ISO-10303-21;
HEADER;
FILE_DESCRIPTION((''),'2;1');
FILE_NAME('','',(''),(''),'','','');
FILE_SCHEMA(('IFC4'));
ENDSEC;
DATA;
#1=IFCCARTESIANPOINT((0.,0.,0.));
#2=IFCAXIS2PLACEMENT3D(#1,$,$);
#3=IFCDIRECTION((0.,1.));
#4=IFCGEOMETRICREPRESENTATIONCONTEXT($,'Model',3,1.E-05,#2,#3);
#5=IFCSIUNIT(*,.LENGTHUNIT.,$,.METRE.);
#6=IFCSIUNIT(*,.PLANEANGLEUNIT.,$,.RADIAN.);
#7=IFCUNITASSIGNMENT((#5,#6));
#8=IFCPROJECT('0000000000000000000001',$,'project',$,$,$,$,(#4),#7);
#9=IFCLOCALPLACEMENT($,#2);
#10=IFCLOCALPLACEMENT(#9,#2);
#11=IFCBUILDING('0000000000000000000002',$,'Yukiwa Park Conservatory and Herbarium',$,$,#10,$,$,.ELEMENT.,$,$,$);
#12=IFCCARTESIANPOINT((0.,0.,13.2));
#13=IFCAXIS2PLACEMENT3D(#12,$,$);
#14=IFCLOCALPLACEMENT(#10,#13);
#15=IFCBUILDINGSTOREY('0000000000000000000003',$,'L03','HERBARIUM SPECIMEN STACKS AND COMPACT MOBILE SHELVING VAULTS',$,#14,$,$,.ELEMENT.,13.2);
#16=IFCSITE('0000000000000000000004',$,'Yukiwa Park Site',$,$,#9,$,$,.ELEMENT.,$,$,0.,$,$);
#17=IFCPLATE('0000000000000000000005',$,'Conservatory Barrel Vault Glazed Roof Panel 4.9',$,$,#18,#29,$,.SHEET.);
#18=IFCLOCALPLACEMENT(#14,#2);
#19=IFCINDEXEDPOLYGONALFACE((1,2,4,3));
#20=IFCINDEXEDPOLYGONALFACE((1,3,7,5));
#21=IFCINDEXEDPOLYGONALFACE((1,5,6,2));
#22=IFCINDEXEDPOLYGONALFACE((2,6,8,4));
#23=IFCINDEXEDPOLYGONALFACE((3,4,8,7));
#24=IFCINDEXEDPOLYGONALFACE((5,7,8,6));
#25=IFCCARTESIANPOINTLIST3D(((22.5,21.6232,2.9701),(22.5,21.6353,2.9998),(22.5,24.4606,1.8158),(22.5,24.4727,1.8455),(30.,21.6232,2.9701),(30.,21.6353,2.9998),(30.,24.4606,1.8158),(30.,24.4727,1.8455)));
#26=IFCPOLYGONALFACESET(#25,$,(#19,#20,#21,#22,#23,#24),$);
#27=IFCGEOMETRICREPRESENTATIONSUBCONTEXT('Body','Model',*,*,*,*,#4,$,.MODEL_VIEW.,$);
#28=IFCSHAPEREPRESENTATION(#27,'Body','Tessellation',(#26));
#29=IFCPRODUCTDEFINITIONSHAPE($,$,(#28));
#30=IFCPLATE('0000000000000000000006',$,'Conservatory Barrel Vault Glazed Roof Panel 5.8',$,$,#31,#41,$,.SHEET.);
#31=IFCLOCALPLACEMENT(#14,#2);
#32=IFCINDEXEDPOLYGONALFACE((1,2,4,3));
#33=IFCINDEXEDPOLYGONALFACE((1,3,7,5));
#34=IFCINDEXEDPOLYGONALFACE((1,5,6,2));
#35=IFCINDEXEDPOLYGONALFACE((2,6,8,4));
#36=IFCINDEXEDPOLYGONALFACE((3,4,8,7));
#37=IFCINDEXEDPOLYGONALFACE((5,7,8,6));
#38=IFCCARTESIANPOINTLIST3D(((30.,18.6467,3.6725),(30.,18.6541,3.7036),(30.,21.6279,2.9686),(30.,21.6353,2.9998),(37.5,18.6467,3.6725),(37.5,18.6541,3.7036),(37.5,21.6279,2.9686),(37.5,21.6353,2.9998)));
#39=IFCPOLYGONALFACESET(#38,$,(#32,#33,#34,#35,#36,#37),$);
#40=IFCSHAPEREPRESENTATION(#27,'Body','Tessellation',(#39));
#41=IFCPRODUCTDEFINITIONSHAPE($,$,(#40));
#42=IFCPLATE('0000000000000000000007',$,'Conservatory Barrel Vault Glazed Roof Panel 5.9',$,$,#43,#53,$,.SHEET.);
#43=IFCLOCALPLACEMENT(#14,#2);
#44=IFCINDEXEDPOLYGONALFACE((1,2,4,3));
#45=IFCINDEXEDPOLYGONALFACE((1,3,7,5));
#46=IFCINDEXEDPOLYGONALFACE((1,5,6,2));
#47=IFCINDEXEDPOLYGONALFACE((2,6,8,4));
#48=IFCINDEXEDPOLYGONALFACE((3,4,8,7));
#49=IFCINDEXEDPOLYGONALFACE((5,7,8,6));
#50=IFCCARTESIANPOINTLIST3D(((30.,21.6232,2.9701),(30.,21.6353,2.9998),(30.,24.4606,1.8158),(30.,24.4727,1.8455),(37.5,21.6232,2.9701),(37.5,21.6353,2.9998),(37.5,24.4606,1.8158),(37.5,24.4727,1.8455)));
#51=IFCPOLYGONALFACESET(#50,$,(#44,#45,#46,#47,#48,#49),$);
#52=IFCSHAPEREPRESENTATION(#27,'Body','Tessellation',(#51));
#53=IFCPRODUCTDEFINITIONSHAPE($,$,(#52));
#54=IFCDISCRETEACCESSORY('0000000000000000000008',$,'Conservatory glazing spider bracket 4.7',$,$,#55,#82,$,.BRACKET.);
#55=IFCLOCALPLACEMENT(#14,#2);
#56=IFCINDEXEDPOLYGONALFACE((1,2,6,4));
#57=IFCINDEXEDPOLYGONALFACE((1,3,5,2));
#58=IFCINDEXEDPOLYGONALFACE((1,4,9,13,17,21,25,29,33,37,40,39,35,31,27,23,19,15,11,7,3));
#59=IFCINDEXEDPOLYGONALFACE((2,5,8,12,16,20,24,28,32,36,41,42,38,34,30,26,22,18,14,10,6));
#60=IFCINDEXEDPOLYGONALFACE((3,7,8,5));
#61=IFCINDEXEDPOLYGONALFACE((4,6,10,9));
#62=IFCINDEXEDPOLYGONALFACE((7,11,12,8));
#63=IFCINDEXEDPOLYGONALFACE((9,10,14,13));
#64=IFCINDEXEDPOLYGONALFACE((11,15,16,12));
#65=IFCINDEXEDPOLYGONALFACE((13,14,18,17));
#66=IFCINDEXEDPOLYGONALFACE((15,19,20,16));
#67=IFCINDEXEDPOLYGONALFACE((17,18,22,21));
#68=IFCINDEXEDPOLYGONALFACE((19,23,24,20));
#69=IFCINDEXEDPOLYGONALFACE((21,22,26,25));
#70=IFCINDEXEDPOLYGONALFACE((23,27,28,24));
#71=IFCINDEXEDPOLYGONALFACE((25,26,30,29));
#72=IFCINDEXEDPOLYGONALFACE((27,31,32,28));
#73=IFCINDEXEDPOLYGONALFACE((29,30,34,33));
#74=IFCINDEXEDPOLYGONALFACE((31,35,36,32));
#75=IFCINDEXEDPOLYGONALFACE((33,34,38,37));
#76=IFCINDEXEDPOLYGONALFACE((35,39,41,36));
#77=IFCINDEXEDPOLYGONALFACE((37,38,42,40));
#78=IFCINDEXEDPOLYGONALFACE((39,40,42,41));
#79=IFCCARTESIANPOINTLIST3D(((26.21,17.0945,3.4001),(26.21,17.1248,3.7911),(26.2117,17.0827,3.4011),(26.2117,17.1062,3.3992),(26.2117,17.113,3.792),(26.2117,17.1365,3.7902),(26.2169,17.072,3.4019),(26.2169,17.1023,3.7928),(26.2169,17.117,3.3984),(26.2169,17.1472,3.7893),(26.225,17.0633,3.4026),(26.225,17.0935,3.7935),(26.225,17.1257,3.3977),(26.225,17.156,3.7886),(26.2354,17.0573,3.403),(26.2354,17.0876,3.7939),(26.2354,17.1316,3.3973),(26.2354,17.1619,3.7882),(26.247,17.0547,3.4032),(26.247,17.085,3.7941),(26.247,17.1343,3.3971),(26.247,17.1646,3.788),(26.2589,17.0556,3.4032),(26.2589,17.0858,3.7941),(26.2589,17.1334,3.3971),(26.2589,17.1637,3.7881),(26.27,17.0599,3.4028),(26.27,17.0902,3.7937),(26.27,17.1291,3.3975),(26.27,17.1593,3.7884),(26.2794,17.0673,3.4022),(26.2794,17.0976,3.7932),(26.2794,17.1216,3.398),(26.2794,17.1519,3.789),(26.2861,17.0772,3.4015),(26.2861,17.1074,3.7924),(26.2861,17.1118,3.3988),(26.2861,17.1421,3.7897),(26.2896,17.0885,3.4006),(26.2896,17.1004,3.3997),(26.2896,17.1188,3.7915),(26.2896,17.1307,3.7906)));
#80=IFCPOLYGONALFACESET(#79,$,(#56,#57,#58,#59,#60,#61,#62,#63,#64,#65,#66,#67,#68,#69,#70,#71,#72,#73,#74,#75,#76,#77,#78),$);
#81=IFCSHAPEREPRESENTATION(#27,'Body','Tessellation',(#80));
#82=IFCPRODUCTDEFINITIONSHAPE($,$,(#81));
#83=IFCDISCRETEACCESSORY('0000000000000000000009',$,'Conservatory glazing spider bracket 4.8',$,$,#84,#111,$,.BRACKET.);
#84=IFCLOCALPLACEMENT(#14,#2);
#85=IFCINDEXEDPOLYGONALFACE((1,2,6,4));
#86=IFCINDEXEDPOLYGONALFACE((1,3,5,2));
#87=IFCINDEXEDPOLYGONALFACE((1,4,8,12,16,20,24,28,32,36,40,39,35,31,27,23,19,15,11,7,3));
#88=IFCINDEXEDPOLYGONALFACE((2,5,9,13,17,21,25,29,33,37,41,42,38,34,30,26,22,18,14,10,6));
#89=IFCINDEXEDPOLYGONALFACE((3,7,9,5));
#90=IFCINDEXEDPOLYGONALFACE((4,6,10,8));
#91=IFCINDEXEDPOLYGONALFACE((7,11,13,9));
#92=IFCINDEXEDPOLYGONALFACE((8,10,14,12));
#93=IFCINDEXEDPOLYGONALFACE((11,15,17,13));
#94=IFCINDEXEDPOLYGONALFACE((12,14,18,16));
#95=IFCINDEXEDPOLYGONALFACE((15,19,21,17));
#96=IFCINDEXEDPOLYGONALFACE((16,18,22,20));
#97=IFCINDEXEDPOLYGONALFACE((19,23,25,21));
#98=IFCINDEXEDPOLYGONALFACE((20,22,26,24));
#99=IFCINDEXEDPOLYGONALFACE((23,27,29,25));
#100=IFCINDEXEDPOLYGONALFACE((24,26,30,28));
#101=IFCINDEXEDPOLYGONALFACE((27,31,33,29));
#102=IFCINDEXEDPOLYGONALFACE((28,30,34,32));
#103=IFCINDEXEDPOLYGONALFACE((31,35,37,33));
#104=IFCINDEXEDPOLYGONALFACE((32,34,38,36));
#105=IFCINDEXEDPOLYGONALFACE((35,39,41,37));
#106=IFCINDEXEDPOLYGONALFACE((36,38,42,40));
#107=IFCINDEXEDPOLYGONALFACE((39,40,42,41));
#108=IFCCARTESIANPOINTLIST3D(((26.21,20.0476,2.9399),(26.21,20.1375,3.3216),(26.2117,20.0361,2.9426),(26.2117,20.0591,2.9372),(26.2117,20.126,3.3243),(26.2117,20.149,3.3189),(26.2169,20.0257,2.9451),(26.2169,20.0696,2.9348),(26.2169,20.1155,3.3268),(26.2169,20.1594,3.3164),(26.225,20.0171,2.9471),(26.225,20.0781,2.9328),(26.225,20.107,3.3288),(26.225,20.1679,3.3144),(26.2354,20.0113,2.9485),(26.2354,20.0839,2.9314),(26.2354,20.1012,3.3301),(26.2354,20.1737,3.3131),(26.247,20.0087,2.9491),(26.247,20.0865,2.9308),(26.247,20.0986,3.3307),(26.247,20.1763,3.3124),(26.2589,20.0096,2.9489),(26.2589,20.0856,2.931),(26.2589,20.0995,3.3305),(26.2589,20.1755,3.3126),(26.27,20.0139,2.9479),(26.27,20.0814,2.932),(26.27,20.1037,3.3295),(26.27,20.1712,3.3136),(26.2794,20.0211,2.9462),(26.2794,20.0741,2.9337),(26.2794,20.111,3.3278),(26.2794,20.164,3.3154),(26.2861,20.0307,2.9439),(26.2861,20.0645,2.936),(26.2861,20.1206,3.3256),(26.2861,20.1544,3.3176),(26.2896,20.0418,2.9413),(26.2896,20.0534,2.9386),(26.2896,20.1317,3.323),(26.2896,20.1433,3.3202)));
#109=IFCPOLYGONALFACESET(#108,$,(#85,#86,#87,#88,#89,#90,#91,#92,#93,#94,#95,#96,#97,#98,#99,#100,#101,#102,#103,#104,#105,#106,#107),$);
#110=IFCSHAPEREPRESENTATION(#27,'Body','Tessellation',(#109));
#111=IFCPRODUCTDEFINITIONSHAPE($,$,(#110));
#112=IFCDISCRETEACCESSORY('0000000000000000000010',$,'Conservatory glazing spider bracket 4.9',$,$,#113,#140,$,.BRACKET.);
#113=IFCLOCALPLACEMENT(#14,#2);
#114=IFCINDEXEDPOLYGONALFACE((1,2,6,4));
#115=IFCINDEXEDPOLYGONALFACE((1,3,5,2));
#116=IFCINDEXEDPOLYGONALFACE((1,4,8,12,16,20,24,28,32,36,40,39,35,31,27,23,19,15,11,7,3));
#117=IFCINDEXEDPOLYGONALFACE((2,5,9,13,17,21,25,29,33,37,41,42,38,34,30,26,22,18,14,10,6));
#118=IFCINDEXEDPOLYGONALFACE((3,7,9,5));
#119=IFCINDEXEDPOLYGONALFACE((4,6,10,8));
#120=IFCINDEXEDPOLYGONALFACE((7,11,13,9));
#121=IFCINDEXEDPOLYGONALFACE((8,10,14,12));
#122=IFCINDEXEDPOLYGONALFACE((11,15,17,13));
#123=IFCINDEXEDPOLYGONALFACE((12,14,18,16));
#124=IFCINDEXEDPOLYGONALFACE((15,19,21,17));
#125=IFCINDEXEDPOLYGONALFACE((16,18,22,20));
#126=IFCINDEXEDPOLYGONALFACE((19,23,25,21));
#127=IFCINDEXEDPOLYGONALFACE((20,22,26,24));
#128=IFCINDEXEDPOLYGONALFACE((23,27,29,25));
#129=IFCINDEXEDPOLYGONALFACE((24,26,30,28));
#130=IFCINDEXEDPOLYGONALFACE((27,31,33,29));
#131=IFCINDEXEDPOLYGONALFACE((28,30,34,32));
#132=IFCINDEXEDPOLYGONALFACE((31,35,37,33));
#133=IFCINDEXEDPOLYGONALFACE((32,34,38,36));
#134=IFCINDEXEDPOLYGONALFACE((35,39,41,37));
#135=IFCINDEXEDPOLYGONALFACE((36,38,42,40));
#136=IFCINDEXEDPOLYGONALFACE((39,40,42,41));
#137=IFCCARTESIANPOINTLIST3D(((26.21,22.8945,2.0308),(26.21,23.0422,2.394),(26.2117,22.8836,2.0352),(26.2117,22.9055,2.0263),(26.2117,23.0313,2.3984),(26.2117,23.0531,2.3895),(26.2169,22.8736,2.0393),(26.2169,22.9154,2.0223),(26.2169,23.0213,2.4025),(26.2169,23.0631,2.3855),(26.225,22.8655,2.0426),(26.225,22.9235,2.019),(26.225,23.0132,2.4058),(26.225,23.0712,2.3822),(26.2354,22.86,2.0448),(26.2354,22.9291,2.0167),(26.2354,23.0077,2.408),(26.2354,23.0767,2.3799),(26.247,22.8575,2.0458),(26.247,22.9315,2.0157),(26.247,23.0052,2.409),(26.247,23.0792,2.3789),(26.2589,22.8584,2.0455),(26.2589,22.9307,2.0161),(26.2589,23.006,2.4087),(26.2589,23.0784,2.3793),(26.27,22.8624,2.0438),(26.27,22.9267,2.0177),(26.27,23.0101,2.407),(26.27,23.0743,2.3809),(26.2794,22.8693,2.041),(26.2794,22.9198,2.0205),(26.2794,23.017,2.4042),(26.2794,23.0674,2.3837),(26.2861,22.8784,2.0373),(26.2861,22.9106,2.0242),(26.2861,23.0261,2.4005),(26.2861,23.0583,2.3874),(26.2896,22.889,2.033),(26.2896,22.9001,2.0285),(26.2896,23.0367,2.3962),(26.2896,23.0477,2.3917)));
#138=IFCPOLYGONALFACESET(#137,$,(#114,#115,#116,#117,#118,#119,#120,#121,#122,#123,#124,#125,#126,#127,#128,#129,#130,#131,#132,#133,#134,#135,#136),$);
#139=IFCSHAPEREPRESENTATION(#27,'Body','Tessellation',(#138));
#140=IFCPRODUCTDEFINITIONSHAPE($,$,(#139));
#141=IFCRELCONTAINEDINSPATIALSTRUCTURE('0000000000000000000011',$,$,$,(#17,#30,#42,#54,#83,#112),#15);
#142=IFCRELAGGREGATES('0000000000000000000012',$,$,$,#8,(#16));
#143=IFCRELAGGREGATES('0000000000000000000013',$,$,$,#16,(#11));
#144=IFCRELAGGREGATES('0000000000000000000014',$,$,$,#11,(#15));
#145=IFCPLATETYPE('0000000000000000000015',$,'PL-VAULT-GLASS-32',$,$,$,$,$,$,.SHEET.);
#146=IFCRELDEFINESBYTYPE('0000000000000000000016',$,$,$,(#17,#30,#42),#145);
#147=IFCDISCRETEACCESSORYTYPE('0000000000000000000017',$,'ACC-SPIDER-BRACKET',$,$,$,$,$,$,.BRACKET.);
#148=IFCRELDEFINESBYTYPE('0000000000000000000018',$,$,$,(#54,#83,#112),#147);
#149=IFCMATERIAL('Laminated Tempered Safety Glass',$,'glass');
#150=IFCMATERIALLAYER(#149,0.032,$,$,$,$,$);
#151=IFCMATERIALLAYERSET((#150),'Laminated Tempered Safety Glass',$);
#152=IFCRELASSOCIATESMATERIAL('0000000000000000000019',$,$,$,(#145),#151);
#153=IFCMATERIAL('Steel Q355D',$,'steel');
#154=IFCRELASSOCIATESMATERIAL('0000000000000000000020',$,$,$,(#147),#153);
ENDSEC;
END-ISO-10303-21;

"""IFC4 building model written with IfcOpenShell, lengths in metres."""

from ifc_helpers import new_model, si_unit, direction, frame, origin, origin_2d, place, context, subcontext, project, spatial, polyline, circle, outline, extrude, material, layer, layer_set, type_object, element, save


model = new_model("IFC4")

# Units and contexts
model_context = context("Model", 3, precision=1e-05, world=origin(), true_north=direction((0.0, 1.0)))
body_context = subcontext(model_context, "Body", "Model", "MODEL_VIEW")
ifc_project = project(units=[si_unit("LENGTHUNIT", "METRE"), si_unit("PLANEANGLEUNIT", "RADIAN")], contexts=[model_context])

# Site, building, storey
site_placement = place(None, origin())
site = spatial("IfcSite", under=ifc_project, at=site_placement, Name="Yukiwa Park Site", CompositionType="ELEMENT", RefElevation=0.0)
building_placement = place(site_placement, origin())
building = spatial("IfcBuilding", under=site, at=building_placement, Name="Yukiwa Park Conservatory and Herbarium", CompositionType="ELEMENT")
storey_placement = place(building_placement, frame((0.0, 0.0, 13.2)))
storey = spatial("IfcBuildingStorey", under=building, at=storey_placement, Name="L03", Description="HERBARIUM SPECIMEN STACKS AND COMPACT MOBILE SHELVING VAULTS", CompositionType="ELEMENT", Elevation=13.2)

# Plates
ifc_material_1 = material(Name="Laminated Tempered Safety Glass", Category="glass")
ifc_layer_1 = layer(ifc_material_1, 0.032)
ifc_layer_set_1 = layer_set([ifc_layer_1], Name="Laminated Tempered Safety Glass")
plate_type_1 = type_object("IfcPlateType", Name="PL-VAULT-GLASS-32", PredefinedType="SHEET", material=ifc_layer_set_1)
plate_1_placement = place(storey_placement, frame((22.5, 21.6353, 2.9998), z_axis=(0.0, 0.376826, 0.926284), x_axis=(1.0, 0.0, 0.0)))
element("IfcPlate", 1, at=plate_1_placement, inside=storey, type_object=plate_type_1, Name="Conservatory Barrel Vault Glazed Roof Panel 4.9", PredefinedType="SHEET", context=body_context, shape_type="SweptSolid", body=[
    extrude(outline(polyline([(0.0, 0.0), (7.5, 0.0), (7.5, 3.0632), (0.0, 3.0632), (0.0, 0.0)])), origin(), (0.0, 0.0, -1.0), 0.032),
])
plate_2_placement = place(storey_placement, frame((30.0, 18.6541, 3.7036), z_axis=(0.0, 0.229781, 0.973242), x_axis=(1.0, 0.0, 0.0)))
element("IfcPlate", 2, at=plate_2_placement, inside=storey, type_object=plate_type_1, Name="Conservatory Barrel Vault Glazed Roof Panel 5.8", PredefinedType="SHEET", context=body_context, shape_type="SweptSolid", body=[
    extrude(outline(polyline([(0.0, 0.0), (7.5, 0.0), (7.5, 3.0632), (0.0, 3.0632), (0.0, 0.0)])), origin(), (0.0, 0.0, -1.0), 0.032),
])
plate_3_placement = place(storey_placement, frame((30.0, 21.6353, 2.9998), z_axis=(0.0, 0.376826, 0.926284), x_axis=(1.0, 0.0, 0.0)))
element("IfcPlate", 3, at=plate_3_placement, inside=storey, type_object=plate_type_1, Name="Conservatory Barrel Vault Glazed Roof Panel 5.9", PredefinedType="SHEET", context=body_context, shape_type="SweptSolid", body=[
    extrude(outline(polyline([(0.0, 0.0), (7.5, 0.0), (7.5, 3.0632), (0.0, 3.0632), (0.0, 0.0)])), origin(), (0.0, 0.0, -1.0), 0.032),
])

# Discrete accessories
ifc_material_2 = material(Name="Steel Q355D", Category="steel")
discrete_accessory_type = type_object("IfcDiscreteAccessoryType", Name="ACC-SPIDER-BRACKET", PredefinedType="BRACKET", material=ifc_material_2)
for number, where, z_axis, x_axis, name in (
    (4, (26.25, 17.0945, 3.4001), (0.0, 0.07722, 0.997014), (-1.0, 0.0, 0.0), "Conservatory glazing spider bracket 4.7"),
    (5, (26.25, 20.0476, 2.9399), (0.0, 0.229178, 0.973384), (-1.0, 0.0, 0.0), "Conservatory glazing spider bracket 4.8"),
    (6, (26.25, 22.8945, 2.0308), (0.0, 0.376644, 0.926358), (-1.0, 0.0, 0.0), "Conservatory glazing spider bracket 4.9"),
):
    element("IfcDiscreteAccessory", number, at=place(storey_placement, frame(where, z_axis=z_axis, x_axis=x_axis)), inside=storey, type_object=discrete_accessory_type, Name=name, PredefinedType="BRACKET", context=body_context, shape_type="SweptSolid", body=[
        extrude(circle(Radius=0.04, at=origin_2d()), origin(), (0.0, 0.0, 1.0), 0.3921),
    ])

save(model, "model.ifc")
